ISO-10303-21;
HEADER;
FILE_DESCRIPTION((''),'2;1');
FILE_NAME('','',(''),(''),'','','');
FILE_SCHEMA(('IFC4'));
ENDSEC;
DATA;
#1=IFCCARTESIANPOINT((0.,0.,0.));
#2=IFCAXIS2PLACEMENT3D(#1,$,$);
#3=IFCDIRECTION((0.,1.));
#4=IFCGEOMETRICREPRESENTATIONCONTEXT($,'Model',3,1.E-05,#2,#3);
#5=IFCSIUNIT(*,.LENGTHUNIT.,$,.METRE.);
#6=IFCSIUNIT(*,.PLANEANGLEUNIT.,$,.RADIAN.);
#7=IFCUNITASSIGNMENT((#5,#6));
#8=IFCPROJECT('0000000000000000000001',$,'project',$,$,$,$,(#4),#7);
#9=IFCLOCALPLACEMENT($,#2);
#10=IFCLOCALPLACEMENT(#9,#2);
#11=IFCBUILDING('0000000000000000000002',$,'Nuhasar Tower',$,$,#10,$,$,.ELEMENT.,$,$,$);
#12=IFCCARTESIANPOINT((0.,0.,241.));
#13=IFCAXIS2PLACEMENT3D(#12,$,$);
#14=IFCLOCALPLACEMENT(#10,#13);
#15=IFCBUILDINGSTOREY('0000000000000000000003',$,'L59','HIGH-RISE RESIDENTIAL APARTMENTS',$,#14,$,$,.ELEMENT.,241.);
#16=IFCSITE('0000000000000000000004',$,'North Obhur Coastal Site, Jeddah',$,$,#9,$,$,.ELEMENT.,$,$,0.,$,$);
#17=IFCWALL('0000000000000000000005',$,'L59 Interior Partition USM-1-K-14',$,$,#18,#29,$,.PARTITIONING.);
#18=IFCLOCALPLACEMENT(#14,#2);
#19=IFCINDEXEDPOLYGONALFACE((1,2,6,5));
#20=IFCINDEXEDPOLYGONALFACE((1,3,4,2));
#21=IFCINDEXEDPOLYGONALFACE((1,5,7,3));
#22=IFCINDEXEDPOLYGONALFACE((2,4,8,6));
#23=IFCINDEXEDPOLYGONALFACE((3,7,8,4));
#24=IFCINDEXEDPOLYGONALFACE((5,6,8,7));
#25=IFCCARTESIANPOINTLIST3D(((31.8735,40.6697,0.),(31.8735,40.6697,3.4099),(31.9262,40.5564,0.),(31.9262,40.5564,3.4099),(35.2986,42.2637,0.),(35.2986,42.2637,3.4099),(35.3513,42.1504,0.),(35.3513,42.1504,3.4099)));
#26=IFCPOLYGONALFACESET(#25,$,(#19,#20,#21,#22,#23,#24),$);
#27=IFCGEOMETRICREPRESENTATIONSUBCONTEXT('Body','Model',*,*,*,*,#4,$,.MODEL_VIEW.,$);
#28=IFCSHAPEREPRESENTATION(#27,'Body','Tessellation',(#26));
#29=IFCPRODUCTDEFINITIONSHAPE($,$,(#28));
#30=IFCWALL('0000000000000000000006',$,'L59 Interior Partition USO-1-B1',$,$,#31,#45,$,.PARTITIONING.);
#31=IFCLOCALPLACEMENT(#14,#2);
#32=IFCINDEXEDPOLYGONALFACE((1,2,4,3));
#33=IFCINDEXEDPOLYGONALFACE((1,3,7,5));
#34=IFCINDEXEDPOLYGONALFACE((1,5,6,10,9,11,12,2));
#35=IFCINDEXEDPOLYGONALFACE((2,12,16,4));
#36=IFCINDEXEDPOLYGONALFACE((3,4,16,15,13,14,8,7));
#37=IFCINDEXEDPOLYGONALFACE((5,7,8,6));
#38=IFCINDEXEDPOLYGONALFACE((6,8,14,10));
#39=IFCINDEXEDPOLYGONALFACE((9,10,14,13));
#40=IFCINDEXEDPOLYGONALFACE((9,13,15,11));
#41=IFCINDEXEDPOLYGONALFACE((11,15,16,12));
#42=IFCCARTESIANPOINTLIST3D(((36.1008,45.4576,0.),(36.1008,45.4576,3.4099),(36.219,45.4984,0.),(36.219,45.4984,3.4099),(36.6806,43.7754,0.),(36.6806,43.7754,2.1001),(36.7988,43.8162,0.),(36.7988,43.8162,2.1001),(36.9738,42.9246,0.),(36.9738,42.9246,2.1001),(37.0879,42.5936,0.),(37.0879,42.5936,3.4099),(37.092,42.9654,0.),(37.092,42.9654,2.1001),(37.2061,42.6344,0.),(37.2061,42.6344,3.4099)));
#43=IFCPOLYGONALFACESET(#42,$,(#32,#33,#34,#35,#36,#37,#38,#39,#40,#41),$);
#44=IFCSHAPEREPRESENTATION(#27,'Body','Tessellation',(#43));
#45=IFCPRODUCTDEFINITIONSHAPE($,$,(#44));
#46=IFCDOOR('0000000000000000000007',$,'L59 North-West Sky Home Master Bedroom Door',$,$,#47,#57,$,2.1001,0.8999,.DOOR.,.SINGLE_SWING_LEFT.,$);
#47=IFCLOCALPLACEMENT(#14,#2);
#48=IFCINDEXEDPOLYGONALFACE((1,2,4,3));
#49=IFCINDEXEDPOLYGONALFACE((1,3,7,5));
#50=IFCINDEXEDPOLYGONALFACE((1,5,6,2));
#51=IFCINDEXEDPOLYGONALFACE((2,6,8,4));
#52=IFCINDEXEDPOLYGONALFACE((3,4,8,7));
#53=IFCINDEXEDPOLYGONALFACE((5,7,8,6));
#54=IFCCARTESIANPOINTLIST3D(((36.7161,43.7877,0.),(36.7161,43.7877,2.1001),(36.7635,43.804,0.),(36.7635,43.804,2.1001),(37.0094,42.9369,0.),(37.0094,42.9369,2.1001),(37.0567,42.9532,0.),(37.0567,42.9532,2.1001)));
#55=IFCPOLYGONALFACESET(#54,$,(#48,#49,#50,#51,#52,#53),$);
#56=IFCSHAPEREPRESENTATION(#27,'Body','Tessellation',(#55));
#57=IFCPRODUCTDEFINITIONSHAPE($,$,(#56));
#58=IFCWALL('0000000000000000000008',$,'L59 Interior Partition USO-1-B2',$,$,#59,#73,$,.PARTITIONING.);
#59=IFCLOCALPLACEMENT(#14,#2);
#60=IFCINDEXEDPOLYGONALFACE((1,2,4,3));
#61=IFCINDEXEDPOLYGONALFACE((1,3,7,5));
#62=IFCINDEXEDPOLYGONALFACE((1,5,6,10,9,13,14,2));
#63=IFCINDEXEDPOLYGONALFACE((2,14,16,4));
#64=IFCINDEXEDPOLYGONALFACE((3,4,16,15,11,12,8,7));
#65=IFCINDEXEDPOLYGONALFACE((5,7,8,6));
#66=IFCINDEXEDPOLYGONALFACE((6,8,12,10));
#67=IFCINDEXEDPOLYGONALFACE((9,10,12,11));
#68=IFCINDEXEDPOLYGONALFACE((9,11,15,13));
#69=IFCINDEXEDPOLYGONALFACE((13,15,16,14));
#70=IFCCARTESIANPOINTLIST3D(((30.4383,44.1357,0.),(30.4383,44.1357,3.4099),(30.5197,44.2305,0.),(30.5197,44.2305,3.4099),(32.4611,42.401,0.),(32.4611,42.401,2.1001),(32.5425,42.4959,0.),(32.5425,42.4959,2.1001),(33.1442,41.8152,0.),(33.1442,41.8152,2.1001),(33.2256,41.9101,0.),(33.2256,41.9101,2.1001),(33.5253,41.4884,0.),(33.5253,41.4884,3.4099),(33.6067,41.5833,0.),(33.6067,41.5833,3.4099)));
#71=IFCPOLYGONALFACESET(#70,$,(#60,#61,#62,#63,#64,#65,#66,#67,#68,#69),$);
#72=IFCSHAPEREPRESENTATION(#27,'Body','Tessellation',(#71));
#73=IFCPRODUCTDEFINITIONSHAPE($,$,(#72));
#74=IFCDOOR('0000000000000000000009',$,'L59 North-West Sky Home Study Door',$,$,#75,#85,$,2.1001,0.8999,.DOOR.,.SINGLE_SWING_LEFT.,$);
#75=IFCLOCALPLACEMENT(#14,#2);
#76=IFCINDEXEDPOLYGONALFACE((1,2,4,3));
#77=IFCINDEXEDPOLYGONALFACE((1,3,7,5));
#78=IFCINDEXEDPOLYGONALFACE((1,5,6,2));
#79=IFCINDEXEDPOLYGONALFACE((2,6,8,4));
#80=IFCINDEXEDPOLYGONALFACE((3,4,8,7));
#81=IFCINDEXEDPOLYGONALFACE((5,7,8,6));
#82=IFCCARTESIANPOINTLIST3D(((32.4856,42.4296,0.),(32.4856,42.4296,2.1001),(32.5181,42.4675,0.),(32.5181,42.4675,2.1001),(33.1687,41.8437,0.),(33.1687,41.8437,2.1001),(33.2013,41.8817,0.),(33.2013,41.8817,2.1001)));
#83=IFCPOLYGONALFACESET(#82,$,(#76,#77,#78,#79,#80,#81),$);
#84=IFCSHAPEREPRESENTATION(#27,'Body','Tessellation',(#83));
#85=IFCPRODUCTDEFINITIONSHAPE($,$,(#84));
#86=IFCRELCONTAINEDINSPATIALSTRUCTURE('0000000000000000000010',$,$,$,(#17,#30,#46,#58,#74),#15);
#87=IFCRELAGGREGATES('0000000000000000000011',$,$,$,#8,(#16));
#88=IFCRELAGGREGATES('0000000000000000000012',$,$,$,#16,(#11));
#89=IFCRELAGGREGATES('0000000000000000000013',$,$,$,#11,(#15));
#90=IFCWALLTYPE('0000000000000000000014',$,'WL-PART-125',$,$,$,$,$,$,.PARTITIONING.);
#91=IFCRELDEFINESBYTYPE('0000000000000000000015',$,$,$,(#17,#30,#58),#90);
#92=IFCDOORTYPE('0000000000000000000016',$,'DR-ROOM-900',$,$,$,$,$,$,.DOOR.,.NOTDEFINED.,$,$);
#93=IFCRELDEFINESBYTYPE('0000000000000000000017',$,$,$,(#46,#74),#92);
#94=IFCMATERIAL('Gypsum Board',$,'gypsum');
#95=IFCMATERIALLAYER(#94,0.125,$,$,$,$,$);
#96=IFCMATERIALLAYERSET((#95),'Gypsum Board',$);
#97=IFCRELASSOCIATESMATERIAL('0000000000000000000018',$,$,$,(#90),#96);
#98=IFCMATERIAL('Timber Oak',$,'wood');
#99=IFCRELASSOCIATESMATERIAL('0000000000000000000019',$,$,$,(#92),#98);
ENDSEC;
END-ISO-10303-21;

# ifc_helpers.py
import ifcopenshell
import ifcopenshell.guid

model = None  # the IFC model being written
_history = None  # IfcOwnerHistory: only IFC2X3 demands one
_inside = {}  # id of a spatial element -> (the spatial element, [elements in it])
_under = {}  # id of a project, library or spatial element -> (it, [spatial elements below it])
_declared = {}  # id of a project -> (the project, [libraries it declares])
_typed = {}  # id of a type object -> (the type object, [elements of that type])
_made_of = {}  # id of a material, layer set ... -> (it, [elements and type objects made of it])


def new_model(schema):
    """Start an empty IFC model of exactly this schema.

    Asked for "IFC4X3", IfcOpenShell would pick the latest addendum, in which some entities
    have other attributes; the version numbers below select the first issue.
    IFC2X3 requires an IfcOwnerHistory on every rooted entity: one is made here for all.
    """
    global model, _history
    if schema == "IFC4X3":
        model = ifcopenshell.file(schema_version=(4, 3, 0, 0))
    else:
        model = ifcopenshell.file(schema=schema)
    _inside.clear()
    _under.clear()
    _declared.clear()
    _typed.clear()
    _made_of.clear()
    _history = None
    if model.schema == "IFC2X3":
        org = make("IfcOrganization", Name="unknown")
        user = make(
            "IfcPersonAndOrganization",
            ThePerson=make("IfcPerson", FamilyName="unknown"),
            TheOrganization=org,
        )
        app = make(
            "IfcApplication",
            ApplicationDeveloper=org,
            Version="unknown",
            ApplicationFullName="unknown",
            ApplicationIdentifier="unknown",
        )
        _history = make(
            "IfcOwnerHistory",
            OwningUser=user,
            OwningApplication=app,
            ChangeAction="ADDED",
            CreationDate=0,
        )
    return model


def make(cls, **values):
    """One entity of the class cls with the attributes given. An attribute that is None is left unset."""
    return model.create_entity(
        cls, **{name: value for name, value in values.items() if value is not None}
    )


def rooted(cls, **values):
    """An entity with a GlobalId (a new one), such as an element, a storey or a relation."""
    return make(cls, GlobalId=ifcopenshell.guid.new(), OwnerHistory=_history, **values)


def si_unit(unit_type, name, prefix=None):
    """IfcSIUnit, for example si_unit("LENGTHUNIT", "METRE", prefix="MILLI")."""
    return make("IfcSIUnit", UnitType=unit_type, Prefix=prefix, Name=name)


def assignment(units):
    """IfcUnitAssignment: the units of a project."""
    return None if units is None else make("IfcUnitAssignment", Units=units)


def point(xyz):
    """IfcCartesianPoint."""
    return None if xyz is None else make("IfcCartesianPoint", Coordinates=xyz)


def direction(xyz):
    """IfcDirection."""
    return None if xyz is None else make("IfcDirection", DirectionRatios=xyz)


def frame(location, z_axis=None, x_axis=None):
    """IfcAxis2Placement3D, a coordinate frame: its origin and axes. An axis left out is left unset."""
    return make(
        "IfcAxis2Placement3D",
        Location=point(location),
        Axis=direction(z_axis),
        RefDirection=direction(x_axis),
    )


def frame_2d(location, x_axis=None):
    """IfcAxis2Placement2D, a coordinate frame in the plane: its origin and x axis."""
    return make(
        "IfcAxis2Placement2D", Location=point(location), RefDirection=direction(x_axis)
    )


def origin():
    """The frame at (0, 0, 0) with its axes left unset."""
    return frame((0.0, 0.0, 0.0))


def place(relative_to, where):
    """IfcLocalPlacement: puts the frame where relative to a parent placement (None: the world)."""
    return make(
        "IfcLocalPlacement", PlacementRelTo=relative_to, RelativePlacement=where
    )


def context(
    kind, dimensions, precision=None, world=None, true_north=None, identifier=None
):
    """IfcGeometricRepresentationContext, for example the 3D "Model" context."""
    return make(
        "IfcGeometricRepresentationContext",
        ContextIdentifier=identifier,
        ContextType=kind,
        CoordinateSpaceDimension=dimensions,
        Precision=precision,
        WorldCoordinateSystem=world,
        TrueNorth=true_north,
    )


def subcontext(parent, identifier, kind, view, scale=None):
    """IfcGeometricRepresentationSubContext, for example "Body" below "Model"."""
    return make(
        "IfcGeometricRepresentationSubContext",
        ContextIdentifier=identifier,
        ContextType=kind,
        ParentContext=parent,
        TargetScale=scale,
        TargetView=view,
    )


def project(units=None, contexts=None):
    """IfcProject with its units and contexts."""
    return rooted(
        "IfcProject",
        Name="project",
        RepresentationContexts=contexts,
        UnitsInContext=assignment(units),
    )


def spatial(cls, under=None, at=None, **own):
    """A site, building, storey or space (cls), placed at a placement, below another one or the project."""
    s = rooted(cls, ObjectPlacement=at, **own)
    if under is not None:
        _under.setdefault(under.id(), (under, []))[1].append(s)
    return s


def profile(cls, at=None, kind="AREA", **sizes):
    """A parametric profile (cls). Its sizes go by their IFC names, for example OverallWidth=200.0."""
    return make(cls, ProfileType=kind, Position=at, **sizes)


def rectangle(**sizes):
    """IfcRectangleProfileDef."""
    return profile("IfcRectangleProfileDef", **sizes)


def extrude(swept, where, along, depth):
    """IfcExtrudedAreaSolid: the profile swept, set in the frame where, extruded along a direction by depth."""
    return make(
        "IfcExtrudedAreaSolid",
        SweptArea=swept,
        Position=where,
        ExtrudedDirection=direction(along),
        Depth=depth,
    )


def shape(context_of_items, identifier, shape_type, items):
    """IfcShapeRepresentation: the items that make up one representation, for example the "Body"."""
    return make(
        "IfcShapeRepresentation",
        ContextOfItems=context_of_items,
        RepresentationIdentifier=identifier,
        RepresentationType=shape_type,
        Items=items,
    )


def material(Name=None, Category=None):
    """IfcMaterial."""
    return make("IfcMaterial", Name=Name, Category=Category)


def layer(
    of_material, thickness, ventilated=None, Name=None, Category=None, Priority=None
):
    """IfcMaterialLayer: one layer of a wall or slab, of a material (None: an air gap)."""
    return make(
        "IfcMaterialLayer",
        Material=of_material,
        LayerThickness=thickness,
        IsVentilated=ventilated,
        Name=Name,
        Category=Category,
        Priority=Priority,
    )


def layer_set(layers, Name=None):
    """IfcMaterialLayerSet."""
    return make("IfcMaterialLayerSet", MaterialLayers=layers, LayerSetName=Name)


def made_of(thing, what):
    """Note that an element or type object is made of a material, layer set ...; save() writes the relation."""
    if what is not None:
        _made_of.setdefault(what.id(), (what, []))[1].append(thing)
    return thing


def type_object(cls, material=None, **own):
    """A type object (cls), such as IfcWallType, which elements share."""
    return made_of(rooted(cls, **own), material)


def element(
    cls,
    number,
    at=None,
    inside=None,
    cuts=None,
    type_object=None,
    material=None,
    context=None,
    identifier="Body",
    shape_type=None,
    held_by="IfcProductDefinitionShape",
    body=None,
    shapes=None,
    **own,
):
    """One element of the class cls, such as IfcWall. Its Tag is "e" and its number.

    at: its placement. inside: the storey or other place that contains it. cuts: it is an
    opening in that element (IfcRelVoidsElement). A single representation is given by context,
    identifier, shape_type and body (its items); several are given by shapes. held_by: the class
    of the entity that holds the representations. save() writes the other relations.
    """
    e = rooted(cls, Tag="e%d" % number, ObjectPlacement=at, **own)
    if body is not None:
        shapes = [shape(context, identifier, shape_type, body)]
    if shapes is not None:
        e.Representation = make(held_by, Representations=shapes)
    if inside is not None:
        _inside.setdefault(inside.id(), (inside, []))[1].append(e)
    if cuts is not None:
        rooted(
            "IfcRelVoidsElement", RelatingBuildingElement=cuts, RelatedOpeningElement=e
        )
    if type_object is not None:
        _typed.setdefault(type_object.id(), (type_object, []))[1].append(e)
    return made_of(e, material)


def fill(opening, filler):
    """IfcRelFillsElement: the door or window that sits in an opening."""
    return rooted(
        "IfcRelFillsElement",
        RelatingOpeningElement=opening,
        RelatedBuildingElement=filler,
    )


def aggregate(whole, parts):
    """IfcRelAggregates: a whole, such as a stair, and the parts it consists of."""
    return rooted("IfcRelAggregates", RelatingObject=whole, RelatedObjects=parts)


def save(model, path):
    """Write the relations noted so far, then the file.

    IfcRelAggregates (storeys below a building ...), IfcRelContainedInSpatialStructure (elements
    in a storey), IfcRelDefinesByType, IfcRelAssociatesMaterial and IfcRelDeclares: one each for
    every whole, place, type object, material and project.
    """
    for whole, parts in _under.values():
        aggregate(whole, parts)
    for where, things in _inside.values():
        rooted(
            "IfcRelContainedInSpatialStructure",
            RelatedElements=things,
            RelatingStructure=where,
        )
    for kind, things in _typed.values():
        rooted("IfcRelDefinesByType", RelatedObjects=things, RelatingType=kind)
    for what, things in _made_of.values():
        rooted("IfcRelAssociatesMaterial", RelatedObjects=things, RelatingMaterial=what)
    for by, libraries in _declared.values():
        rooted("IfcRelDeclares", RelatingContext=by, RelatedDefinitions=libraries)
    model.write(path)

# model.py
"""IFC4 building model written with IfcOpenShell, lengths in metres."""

from ifc_helpers import new_model, si_unit, direction, frame, frame_2d, origin, place, context, subcontext, project, spatial, rectangle, extrude, material, layer, layer_set, type_object, element, fill, save


model = new_model("IFC4")

# Units and contexts
model_context = context("Model", 3, precision=1e-05, world=origin(), true_north=direction((0.0, 1.0)))
body_context = subcontext(model_context, "Body", "Model", "MODEL_VIEW")
ifc_project = project(units=[si_unit("LENGTHUNIT", "METRE"), si_unit("PLANEANGLEUNIT", "RADIAN")], contexts=[model_context])

# Site, building, storey
site_placement = place(None, origin())
site = spatial("IfcSite", under=ifc_project, at=site_placement, Name="North Obhur Coastal Site, Jeddah", CompositionType="ELEMENT", RefElevation=0.0)
building_placement = place(site_placement, origin())
building = spatial("IfcBuilding", under=site, at=building_placement, Name="Nuhasar Tower", CompositionType="ELEMENT")
storey_placement = place(building_placement, frame((0.0, 0.0, 241.0)))
storey = spatial("IfcBuildingStorey", under=building, at=storey_placement, Name="L59", Description="HIGH-RISE RESIDENTIAL APARTMENTS", CompositionType="ELEMENT", Elevation=241.0)

# Shared definitions
ifc_material_1 = material(Name="Gypsum Board", Category="gypsum")

# Shared definitions
ifc_layer_1 = layer(ifc_material_1, 0.125)
ifc_layer_set_1 = layer_set([ifc_layer_1], Name="Gypsum Board")
wall_type_1 = type_object("IfcWallType", Name="WL-PART-125", PredefinedType="PARTITIONING", material=ifc_layer_set_1)

# Shared definitions
ifc_material_2 = material(Name="Timber Oak", Category="wood")
door_type_1 = type_object("IfcDoorType", Name="DR-ROOM-900", OperationType="NOTDEFINED", PredefinedType="DOOR", material=ifc_material_2)

# Wall
wall_1_placement = place(storey_placement, frame((35.325, 42.207, 0.0), z_axis=(0.0, 0.0, 1.0), x_axis=(-0.906625, -0.421937, 0.0)))
element("IfcWall", 1, at=wall_1_placement, inside=storey, type_object=wall_type_1, Name="L59 Interior Partition USM-1-K-14", PredefinedType="PARTITIONING", context=body_context, shape_type="SweptSolid", body=[
    extrude(rectangle(XDim=3.7778, YDim=0.125, at=frame_2d((1.8889, 0.0))), origin(), (0.0, 0.0, 1.0), 3.4099),
])

# Walls, openings, doors
wall_2_placement = place(storey_placement, frame((37.147, 42.614, 0.0), z_axis=(0.0, 0.0, 1.0), x_axis=(-0.325834, 0.945427, 0.0)))
wall_2 = element("IfcWall", 2, at=wall_2_placement, inside=storey, type_object=wall_type_1, Name="L59 Interior Partition USO-1-B1", PredefinedType="PARTITIONING", context=body_context, shape_type="SweptSolid", body=[
    extrude(rectangle(XDim=3.0293, YDim=0.125, at=frame_2d((1.5146, 0.0))), origin(), (0.0, 0.0, 1.0), 3.4099),
])
opening_1_placement = place(wall_2_placement, frame((0.3501, 0.0, 0.0)))
opening_1 = element("IfcOpeningElement", 3, at=opening_1_placement, cuts=wall_2, PredefinedType="OPENING", context=body_context, shape_type="SweptSolid", body=[
    extrude(rectangle(XDim=0.8999, YDim=2.1001, at=frame_2d((0.45, 1.05))), frame((0.0, 0.0725, 0.0), z_axis=(0.0, -1.0, 0.0), x_axis=(1.0, 0.0, 0.0)), (0.0, 0.0, 1.0), 0.145),
])
door_1_placement = place(opening_1_placement, origin())
door_1 = element("IfcDoor", 4, at=door_1_placement, inside=storey, type_object=door_type_1, Name="L59 North-West Sky Home Master Bedroom Door", OperationType="SINGLE_SWING_LEFT", OverallHeight=2.1001, OverallWidth=0.8999, PredefinedType="DOOR", context=body_context, shape_type="SweptSolid", body=[
    extrude(rectangle(XDim=0.8999, YDim=2.1001, at=frame_2d((0.45, 1.05))), frame((0.0, 0.0249, 0.0), z_axis=(0.0, -1.0, 0.0), x_axis=(1.0, 0.0, 0.0)), (0.0, 0.0, 1.0), 0.05),
])
fill(opening_1, door_1)
wall_3_placement = place(storey_placement, frame((33.5659, 41.5359, 0.0), z_axis=(0.0, 0.0, 1.0), x_axis=(-0.7591, 0.650974, 0.0)))
wall_3 = element("IfcWall", 5, at=wall_3_placement, inside=storey, type_object=wall_type_1, Name="L59 Interior Partition USO-1-B2", PredefinedType="PARTITIONING", context=body_context, shape_type="SweptSolid", body=[
    extrude(rectangle(XDim=4.0667, YDim=0.125, at=frame_2d((2.0332, 0.0))), origin(), (0.0, 0.0, 1.0), 3.4099),
])
opening_2_placement = place(wall_3_placement, frame((0.502, 0.0, 0.0)))
opening_2 = element("IfcOpeningElement", 6, at=opening_2_placement, cuts=wall_3, PredefinedType="OPENING", context=body_context, shape_type="SweptSolid", body=[
    extrude(rectangle(XDim=0.8999, YDim=2.1001, at=frame_2d((0.45, 1.05))), frame((0.0, 0.0725, 0.0), z_axis=(0.0, -1.0, 0.0), x_axis=(1.0, 0.0, 0.0)), (0.0, 0.0, 1.0), 0.145),
])
door_2_placement = place(opening_2_placement, origin())
door_2 = element("IfcDoor", 7, at=door_2_placement, inside=storey, type_object=door_type_1, Name="L59 North-West Sky Home Study Door", OperationType="SINGLE_SWING_LEFT", OverallHeight=2.1001, OverallWidth=0.8999, PredefinedType="DOOR", context=body_context, shape_type="SweptSolid", body=[
    extrude(rectangle(XDim=0.8999, YDim=2.1001, at=frame_2d((0.45, 1.05))), frame((0.0, 0.0249, 0.0), z_axis=(0.0, -1.0, 0.0), x_axis=(1.0, 0.0, 0.0)), (0.0, 0.0, 1.0), 0.05),
])
fill(opening_2, door_2)

save(model, "model.ifc")
